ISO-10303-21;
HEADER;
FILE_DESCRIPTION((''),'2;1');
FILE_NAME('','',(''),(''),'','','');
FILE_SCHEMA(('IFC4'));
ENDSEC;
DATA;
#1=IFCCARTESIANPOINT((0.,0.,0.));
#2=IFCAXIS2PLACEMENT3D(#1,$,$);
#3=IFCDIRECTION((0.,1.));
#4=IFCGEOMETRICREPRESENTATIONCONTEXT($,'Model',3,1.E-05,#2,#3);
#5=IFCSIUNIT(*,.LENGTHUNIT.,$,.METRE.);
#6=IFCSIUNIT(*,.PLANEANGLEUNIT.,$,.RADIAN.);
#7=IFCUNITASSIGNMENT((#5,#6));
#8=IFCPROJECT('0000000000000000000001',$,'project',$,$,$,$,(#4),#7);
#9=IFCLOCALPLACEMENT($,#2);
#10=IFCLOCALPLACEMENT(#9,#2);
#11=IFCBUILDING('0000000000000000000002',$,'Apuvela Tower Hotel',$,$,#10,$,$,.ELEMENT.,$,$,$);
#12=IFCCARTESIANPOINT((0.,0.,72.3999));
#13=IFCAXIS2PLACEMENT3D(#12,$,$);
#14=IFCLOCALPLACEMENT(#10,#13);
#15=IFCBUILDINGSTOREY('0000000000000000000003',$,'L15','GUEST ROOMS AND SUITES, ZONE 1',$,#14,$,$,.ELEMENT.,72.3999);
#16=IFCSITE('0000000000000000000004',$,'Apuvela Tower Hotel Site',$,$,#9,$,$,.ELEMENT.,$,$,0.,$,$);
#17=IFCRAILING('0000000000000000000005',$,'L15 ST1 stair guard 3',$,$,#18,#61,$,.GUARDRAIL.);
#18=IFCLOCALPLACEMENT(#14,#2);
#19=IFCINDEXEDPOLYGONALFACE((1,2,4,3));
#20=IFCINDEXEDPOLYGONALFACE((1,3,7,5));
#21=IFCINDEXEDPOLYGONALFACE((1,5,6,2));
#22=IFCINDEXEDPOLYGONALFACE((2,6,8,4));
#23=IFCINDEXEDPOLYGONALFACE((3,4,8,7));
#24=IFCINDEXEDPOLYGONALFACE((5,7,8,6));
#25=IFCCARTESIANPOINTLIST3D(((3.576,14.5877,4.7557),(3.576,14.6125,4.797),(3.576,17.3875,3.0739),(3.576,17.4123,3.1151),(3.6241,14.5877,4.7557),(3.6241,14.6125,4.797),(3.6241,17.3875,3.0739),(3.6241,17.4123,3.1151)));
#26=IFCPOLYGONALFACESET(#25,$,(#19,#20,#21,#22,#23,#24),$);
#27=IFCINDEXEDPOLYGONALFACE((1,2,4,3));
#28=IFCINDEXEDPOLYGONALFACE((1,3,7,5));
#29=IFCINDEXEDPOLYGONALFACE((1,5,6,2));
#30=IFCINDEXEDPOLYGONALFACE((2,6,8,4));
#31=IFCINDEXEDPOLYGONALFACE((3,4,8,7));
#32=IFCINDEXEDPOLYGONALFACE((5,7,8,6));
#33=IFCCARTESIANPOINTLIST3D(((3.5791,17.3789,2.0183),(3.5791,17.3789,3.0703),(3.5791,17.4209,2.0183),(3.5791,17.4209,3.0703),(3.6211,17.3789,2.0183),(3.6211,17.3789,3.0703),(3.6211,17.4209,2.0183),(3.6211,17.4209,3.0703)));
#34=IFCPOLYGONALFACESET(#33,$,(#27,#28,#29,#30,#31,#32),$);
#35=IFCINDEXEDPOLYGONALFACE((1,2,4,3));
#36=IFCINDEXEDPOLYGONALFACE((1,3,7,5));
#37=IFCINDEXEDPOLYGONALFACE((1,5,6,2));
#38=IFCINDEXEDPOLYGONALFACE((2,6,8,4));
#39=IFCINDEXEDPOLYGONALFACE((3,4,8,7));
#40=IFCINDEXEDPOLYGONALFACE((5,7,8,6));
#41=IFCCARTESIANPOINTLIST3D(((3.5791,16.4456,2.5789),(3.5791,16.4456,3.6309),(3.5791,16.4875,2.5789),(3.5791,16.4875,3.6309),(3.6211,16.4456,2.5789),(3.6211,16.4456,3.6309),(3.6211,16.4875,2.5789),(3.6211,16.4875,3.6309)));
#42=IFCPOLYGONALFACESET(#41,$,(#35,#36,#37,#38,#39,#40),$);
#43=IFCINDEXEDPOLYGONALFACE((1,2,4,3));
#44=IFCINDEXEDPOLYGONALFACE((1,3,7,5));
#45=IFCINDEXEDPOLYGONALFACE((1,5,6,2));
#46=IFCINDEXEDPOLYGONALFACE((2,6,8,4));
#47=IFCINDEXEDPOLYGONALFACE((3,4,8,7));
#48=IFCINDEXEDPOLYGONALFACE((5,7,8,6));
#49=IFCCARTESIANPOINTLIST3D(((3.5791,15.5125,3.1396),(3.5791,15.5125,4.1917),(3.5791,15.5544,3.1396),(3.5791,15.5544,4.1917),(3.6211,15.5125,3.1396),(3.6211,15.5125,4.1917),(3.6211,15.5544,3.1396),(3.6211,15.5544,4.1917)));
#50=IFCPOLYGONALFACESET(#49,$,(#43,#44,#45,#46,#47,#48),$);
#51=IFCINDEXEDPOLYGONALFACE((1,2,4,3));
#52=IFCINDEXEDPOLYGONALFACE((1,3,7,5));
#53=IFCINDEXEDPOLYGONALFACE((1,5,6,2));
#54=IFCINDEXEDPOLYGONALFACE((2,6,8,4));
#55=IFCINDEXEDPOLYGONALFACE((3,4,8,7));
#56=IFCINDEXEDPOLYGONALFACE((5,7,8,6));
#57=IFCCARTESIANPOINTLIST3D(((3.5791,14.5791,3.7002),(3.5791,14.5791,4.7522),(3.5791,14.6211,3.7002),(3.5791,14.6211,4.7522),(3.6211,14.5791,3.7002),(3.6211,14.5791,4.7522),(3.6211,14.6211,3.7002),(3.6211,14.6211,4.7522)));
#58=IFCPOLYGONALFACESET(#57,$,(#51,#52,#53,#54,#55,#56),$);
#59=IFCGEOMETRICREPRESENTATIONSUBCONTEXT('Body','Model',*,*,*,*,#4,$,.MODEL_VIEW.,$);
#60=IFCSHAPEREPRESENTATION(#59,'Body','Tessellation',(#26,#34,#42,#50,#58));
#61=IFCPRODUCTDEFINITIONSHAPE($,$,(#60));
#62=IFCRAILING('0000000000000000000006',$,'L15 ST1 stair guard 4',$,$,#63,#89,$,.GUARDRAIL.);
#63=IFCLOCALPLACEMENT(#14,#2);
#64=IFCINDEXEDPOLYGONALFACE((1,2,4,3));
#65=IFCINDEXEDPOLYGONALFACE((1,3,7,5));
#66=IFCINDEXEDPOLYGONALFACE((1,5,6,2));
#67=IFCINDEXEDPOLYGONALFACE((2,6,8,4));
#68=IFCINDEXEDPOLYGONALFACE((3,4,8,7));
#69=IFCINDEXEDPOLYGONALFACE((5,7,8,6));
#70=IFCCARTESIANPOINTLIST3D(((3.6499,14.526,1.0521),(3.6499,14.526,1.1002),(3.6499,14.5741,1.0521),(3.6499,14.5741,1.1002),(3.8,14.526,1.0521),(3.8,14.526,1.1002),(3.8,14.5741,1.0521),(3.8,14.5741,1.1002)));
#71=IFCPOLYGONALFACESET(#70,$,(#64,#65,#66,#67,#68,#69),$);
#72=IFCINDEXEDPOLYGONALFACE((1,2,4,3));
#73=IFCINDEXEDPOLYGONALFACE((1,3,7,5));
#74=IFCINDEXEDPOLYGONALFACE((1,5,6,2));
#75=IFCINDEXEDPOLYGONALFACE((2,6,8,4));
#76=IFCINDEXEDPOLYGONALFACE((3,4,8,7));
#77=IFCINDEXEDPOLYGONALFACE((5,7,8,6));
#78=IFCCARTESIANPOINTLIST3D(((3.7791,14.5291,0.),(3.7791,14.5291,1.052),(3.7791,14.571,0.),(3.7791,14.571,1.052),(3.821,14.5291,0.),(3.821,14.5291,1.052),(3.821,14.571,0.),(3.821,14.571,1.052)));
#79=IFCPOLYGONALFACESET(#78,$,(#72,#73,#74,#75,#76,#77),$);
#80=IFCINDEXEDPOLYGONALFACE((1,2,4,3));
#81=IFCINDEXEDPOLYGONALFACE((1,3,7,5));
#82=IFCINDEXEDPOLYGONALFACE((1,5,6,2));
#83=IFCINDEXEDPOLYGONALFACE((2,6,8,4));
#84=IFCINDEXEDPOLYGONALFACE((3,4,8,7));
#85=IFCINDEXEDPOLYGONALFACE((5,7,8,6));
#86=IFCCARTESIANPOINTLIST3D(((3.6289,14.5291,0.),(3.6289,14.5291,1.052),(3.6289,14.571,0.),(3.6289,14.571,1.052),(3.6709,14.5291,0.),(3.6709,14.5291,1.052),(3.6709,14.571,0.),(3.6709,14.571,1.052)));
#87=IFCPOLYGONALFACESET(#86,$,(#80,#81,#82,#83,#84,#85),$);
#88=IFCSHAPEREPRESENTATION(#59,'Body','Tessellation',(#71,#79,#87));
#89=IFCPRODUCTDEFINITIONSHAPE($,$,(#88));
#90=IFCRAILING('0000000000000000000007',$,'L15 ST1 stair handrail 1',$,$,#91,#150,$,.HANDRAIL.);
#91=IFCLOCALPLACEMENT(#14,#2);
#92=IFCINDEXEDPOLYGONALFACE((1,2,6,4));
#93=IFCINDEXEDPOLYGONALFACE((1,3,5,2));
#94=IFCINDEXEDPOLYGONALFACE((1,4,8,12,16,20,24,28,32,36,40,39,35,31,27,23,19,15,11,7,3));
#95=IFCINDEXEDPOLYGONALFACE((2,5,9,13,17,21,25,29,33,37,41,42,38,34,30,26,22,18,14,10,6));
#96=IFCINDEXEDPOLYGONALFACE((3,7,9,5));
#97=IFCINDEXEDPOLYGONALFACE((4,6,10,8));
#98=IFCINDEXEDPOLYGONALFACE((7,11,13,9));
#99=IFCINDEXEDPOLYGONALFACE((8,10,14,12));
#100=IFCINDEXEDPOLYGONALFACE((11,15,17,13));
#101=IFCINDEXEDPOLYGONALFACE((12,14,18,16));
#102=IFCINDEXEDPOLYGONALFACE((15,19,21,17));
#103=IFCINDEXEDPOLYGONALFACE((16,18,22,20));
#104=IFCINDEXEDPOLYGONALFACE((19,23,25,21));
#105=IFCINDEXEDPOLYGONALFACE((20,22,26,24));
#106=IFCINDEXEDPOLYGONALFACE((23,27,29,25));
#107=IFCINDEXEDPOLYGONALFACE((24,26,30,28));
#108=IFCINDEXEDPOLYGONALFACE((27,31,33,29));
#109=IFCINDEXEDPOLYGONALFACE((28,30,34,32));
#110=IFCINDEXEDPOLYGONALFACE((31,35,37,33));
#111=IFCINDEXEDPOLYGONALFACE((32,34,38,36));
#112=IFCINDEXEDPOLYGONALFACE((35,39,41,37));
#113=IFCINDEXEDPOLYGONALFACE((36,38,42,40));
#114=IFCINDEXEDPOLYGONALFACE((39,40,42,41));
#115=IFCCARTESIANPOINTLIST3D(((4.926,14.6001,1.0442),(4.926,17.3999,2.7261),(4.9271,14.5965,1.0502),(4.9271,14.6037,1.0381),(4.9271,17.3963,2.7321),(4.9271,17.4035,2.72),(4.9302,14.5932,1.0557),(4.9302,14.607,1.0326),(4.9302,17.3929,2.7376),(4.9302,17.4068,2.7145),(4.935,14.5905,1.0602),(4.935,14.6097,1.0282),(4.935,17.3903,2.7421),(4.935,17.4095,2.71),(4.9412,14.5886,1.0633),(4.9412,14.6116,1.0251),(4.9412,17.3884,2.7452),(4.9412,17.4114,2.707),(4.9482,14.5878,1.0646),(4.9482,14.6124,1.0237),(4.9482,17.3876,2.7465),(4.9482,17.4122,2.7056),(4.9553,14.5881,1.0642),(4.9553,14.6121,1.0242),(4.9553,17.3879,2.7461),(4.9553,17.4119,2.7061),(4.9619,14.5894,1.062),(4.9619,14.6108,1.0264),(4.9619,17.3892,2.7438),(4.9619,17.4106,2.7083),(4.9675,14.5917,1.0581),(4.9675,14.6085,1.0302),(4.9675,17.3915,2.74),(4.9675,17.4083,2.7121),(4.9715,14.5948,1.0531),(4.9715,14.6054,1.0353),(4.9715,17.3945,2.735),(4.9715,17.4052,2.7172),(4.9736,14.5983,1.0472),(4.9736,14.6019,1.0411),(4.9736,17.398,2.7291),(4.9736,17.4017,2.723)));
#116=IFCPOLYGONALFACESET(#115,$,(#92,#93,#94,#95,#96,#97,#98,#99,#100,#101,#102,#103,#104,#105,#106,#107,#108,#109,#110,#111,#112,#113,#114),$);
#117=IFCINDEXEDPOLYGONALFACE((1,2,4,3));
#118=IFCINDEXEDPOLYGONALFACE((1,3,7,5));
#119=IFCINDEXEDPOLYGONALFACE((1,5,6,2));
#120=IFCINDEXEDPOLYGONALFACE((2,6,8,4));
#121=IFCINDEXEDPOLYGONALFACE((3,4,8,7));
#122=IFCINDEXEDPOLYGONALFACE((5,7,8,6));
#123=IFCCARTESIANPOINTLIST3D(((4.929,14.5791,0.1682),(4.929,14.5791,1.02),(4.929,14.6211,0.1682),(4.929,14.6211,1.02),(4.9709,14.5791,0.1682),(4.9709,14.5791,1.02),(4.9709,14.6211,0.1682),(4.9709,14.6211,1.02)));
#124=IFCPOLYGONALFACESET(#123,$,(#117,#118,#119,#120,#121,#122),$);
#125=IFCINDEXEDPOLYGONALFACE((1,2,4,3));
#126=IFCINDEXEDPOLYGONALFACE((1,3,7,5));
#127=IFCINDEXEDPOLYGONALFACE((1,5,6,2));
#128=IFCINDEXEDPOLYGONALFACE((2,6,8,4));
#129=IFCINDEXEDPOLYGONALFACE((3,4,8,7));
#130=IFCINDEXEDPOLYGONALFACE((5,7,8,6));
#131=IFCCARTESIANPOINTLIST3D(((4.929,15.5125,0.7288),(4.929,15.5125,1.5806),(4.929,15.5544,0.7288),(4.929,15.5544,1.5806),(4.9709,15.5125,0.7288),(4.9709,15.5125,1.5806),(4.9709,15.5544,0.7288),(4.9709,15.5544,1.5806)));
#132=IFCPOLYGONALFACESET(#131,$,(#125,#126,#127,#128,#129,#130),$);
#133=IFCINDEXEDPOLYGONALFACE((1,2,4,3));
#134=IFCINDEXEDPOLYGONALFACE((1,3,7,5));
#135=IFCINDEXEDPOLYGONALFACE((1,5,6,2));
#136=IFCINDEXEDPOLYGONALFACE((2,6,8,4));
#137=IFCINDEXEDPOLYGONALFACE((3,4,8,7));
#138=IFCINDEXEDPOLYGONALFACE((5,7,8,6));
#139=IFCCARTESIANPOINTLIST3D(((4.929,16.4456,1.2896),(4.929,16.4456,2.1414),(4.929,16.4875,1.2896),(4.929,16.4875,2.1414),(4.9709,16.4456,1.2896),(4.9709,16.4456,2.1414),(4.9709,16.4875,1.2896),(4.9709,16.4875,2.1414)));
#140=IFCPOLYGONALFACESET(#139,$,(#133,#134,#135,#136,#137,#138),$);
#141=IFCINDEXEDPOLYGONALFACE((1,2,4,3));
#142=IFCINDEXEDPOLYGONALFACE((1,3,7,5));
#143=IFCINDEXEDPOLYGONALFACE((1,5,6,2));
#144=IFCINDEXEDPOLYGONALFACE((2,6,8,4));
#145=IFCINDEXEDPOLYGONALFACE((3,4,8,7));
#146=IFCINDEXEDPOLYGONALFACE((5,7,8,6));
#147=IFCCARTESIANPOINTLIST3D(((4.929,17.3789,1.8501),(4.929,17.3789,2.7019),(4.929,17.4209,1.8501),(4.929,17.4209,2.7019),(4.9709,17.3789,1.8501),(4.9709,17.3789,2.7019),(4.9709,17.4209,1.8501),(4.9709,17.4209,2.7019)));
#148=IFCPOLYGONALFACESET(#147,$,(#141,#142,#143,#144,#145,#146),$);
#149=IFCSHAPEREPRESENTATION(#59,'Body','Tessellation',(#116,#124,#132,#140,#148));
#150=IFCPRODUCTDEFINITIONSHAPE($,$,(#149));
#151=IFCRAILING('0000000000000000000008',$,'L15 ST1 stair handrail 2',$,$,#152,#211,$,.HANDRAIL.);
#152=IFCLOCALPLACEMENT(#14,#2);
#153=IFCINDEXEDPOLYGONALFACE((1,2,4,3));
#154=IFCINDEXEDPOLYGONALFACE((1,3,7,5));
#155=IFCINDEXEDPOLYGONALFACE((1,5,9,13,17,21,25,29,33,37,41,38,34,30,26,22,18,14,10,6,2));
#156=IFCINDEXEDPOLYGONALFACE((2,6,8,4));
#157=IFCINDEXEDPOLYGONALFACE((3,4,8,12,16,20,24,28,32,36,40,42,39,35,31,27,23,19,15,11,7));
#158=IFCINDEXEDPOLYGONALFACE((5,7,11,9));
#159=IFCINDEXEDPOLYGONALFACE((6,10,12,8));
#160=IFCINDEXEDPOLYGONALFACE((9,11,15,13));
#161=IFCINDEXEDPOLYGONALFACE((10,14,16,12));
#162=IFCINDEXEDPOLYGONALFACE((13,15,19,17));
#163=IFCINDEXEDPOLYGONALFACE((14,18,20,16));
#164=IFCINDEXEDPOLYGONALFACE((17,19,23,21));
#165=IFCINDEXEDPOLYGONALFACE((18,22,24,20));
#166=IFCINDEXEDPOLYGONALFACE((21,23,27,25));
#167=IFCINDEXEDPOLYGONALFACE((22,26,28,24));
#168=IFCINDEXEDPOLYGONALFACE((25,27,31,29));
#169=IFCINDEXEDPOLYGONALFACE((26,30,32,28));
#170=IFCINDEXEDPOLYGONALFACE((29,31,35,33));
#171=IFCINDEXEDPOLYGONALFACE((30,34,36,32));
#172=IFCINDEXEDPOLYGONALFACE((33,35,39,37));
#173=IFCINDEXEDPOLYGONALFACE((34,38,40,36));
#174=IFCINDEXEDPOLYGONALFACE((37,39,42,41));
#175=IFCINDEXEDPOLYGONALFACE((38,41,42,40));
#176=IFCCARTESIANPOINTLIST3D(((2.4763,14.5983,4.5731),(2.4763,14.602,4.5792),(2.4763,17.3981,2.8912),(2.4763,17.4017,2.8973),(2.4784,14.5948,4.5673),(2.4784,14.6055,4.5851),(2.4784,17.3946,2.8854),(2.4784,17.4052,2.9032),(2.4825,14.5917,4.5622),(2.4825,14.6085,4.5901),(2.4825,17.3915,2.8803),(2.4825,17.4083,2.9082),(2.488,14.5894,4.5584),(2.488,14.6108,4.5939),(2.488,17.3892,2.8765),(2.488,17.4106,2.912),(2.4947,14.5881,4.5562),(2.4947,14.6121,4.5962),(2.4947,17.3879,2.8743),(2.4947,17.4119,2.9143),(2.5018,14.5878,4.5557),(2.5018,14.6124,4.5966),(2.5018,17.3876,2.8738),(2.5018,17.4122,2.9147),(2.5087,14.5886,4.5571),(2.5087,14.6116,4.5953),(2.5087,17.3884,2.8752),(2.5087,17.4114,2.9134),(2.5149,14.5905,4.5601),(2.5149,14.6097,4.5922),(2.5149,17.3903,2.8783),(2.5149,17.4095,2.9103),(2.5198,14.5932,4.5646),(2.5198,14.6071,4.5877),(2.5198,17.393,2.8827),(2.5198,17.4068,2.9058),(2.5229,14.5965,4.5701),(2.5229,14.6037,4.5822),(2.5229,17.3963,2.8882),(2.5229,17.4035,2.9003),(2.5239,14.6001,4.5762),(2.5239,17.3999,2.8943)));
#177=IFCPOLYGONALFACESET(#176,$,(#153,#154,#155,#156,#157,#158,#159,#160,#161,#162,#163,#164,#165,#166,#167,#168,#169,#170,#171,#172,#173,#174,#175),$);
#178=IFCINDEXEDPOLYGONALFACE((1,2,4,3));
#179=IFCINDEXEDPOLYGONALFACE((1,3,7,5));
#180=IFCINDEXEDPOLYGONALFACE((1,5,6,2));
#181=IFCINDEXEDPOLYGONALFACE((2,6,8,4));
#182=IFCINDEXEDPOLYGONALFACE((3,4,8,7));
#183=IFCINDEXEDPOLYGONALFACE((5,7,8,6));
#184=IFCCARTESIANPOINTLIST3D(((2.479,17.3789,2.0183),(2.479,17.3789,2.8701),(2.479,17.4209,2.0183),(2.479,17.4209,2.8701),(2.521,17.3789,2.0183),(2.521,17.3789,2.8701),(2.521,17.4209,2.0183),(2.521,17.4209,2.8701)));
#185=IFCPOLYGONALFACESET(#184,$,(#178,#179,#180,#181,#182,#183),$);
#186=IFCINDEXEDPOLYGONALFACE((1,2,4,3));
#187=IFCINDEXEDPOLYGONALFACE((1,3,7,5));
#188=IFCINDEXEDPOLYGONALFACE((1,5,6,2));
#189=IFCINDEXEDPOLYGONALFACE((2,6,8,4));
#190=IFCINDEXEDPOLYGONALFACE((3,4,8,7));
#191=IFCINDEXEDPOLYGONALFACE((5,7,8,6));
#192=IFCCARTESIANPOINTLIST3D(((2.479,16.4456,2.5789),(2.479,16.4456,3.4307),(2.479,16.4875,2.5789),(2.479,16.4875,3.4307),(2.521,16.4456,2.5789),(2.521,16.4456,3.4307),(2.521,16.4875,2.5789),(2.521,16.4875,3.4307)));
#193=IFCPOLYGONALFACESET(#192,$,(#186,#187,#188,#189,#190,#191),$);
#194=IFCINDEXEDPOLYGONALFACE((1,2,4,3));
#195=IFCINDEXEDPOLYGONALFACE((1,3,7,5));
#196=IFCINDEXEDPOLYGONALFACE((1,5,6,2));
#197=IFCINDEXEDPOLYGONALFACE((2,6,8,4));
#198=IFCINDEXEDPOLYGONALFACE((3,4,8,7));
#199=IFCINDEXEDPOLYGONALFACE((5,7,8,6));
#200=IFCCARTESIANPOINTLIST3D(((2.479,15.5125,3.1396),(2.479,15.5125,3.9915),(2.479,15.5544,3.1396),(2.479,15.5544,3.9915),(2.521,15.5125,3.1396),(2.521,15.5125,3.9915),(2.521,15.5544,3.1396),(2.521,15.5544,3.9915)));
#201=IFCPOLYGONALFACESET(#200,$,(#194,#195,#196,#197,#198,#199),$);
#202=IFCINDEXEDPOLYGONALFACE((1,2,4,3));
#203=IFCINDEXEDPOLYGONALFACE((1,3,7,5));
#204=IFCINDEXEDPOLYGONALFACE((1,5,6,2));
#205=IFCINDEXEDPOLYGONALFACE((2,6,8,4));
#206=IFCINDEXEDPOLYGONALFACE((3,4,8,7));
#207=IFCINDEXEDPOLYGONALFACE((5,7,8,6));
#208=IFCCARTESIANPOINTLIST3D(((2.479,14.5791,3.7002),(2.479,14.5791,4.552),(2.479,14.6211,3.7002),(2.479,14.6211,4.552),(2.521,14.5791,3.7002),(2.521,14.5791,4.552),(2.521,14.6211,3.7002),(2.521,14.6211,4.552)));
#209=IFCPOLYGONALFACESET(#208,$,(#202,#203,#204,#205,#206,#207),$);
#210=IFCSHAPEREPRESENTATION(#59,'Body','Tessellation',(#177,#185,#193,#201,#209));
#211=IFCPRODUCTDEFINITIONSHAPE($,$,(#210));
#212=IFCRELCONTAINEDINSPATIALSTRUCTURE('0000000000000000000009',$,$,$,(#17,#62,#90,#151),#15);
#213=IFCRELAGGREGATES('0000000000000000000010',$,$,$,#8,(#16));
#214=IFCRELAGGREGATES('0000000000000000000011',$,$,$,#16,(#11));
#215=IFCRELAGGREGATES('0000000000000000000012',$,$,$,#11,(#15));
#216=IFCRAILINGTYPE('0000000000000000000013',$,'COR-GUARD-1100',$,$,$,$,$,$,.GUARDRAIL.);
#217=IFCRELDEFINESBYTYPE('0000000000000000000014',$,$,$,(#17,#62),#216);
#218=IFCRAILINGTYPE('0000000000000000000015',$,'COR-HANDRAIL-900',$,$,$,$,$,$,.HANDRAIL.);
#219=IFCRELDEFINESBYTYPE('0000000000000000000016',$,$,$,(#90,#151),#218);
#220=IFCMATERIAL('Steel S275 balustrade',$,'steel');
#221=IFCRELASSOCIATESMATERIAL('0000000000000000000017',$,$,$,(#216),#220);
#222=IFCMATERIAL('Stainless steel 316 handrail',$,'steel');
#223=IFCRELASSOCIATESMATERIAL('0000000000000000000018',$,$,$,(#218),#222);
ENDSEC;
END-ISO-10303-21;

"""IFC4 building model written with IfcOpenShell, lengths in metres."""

from ifc_helpers import new_model, si_unit, direction, frame, origin, origin_2d, place, context, subcontext, project, spatial, rectangle, circle, extrude, material, type_object, element, save


model = new_model("IFC4")

# Units and contexts
model_context = context("Model", 3, precision=1e-05, world=origin(), true_north=direction((0.0, 1.0)))
body_context = subcontext(model_context, "Body", "Model", "MODEL_VIEW")
ifc_project = project(units=[si_unit("LENGTHUNIT", "METRE"), si_unit("PLANEANGLEUNIT", "RADIAN")], contexts=[model_context])

# Site, building, storey
site_placement = place(None, origin())
site = spatial("IfcSite", under=ifc_project, at=site_placement, Name="Apuvela Tower Hotel Site", CompositionType="ELEMENT", RefElevation=0.0)
building_placement = place(site_placement, origin())
building = spatial("IfcBuilding", under=site, at=building_placement, Name="Apuvela Tower Hotel", CompositionType="ELEMENT")
storey_placement = place(building_placement, frame((0.0, 0.0, 72.3999)))
storey = spatial("IfcBuildingStorey", under=building, at=storey_placement, Name="L15", Description="GUEST ROOMS AND SUITES, ZONE 1", CompositionType="ELEMENT", Elevation=72.3999)

# Railings
ifc_material_1 = material(Name="Steel S275 balustrade", Category="steel")
railing_type_1 = type_object("IfcRailingType", Name="COR-GUARD-1100", PredefinedType="GUARDRAIL", material=ifc_material_1)
railing_1_placement = place(storey_placement, frame((3.6001, 17.3999, 2.0183)))
element("IfcRailing", 1, at=railing_1_placement, inside=storey, type_object=railing_type_1, Name="L15 ST1 stair guard 3", PredefinedType="GUARDRAIL", context=body_context, shape_type="SweptSolid", body=[
    extrude(rectangle(XDim=0.0481, YDim=0.0481, at=origin_2d()), frame((0.0, 0.0, 1.0762), z_axis=(0.0, -0.857222, 0.514946), x_axis=(1.0, 0.0, 0.0)), (0.0, 0.0, 1.0), 3.2661),
    extrude(rectangle(XDim=0.042, YDim=0.042, at=origin_2d()), origin(), (0.0, 0.0, 1.0), 1.052),
    extrude(rectangle(XDim=0.042, YDim=0.042, at=origin_2d()), frame((0.0, -0.9333, 0.5605)), (0.0, 0.0, 1.0), 1.052),
    extrude(rectangle(XDim=0.042, YDim=0.042, at=origin_2d()), frame((0.0, -1.8665, 1.1213)), (0.0, 0.0, 1.0), 1.052),
    extrude(rectangle(XDim=0.042, YDim=0.042, at=origin_2d()), frame((0.0, -2.7998, 1.6819)), (0.0, 0.0, 1.0), 1.052),
])
railing_2_placement = place(storey_placement, frame((3.8, 14.55, 0.0)))
element("IfcRailing", 2, at=railing_2_placement, inside=storey, type_object=railing_type_1, Name="L15 ST1 stair guard 4", PredefinedType="GUARDRAIL", context=body_context, shape_type="SweptSolid", body=[
    extrude(rectangle(XDim=0.0481, YDim=0.0481, at=origin_2d()), frame((0.0, 0.0, 1.0762), z_axis=(-1.0, 0.0, 0.0), x_axis=(0.0, -1.0, 0.0)), (0.0, 0.0, 1.0), 0.1501),
    extrude(rectangle(XDim=0.042, YDim=0.042, at=origin_2d()), origin(), (0.0, 0.0, 1.0), 1.052),
    extrude(rectangle(XDim=0.042, YDim=0.042, at=origin_2d()), frame((-0.1501, 0.0, 0.0)), (0.0, 0.0, 1.0), 1.052),
])
ifc_material_2 = material(Name="Stainless steel 316 handrail", Category="steel")
railing_type_2 = type_object("IfcRailingType", Name="COR-HANDRAIL-900", PredefinedType="HANDRAIL", material=ifc_material_2)
railing_3_placement = place(storey_placement, frame((4.95, 14.6001, 0.1682)))
element("IfcRailing", 3, at=railing_3_placement, inside=storey, type_object=railing_type_2, Name="L15 ST1 stair handrail 1", PredefinedType="HANDRAIL", context=body_context, shape_type="SweptSolid", body=[
    extrude(circle(Radius=0.0239, at=origin_2d()), frame((0.0, 0.0, 0.876), z_axis=(0.0, 0.857222, 0.514946), x_axis=(-1.0, 0.0, 0.0)), (0.0, 0.0, 1.0), 3.2661),
    extrude(rectangle(XDim=0.042, YDim=0.042, at=origin_2d()), origin(), (0.0, 0.0, 1.0), 0.8518),
    extrude(rectangle(XDim=0.042, YDim=0.042, at=origin_2d()), frame((0.0, 0.9333, 0.5605)), (0.0, 0.0, 1.0), 0.8518),
    extrude(rectangle(XDim=0.042, YDim=0.042, at=origin_2d()), frame((0.0, 1.8665, 1.1213)), (0.0, 0.0, 1.0), 0.8518),
    extrude(rectangle(XDim=0.042, YDim=0.042, at=origin_2d()), frame((0.0, 2.7998, 1.6819)), (0.0, 0.0, 1.0), 0.8518),
])
railing_4_placement = place(storey_placement, frame((2.5, 17.3999, 2.0183)))
element("IfcRailing", 4, at=railing_4_placement, inside=storey, type_object=railing_type_2, Name="L15 ST1 stair handrail 2", PredefinedType="HANDRAIL", context=body_context, shape_type="SweptSolid", body=[
    extrude(circle(Radius=0.0239, at=origin_2d()), frame((0.0, 0.0, 0.876), z_axis=(0.0, -0.857222, 0.514946), x_axis=(1.0, 0.0, 0.0)), (0.0, 0.0, 1.0), 3.2661),
    extrude(rectangle(XDim=0.042, YDim=0.042, at=origin_2d()), origin(), (0.0, 0.0, 1.0), 0.8518),
    extrude(rectangle(XDim=0.042, YDim=0.042, at=origin_2d()), frame((0.0, -0.9333, 0.5605)), (0.0, 0.0, 1.0), 0.8518),
    extrude(rectangle(XDim=0.042, YDim=0.042, at=origin_2d()), frame((0.0, -1.8665, 1.1213)), (0.0, 0.0, 1.0), 0.8518),
    extrude(rectangle(XDim=0.042, YDim=0.042, at=origin_2d()), frame((0.0, -2.7998, 1.6819)), (0.0, 0.0, 1.0), 0.8518),
])

save(model, "model.ifc")
